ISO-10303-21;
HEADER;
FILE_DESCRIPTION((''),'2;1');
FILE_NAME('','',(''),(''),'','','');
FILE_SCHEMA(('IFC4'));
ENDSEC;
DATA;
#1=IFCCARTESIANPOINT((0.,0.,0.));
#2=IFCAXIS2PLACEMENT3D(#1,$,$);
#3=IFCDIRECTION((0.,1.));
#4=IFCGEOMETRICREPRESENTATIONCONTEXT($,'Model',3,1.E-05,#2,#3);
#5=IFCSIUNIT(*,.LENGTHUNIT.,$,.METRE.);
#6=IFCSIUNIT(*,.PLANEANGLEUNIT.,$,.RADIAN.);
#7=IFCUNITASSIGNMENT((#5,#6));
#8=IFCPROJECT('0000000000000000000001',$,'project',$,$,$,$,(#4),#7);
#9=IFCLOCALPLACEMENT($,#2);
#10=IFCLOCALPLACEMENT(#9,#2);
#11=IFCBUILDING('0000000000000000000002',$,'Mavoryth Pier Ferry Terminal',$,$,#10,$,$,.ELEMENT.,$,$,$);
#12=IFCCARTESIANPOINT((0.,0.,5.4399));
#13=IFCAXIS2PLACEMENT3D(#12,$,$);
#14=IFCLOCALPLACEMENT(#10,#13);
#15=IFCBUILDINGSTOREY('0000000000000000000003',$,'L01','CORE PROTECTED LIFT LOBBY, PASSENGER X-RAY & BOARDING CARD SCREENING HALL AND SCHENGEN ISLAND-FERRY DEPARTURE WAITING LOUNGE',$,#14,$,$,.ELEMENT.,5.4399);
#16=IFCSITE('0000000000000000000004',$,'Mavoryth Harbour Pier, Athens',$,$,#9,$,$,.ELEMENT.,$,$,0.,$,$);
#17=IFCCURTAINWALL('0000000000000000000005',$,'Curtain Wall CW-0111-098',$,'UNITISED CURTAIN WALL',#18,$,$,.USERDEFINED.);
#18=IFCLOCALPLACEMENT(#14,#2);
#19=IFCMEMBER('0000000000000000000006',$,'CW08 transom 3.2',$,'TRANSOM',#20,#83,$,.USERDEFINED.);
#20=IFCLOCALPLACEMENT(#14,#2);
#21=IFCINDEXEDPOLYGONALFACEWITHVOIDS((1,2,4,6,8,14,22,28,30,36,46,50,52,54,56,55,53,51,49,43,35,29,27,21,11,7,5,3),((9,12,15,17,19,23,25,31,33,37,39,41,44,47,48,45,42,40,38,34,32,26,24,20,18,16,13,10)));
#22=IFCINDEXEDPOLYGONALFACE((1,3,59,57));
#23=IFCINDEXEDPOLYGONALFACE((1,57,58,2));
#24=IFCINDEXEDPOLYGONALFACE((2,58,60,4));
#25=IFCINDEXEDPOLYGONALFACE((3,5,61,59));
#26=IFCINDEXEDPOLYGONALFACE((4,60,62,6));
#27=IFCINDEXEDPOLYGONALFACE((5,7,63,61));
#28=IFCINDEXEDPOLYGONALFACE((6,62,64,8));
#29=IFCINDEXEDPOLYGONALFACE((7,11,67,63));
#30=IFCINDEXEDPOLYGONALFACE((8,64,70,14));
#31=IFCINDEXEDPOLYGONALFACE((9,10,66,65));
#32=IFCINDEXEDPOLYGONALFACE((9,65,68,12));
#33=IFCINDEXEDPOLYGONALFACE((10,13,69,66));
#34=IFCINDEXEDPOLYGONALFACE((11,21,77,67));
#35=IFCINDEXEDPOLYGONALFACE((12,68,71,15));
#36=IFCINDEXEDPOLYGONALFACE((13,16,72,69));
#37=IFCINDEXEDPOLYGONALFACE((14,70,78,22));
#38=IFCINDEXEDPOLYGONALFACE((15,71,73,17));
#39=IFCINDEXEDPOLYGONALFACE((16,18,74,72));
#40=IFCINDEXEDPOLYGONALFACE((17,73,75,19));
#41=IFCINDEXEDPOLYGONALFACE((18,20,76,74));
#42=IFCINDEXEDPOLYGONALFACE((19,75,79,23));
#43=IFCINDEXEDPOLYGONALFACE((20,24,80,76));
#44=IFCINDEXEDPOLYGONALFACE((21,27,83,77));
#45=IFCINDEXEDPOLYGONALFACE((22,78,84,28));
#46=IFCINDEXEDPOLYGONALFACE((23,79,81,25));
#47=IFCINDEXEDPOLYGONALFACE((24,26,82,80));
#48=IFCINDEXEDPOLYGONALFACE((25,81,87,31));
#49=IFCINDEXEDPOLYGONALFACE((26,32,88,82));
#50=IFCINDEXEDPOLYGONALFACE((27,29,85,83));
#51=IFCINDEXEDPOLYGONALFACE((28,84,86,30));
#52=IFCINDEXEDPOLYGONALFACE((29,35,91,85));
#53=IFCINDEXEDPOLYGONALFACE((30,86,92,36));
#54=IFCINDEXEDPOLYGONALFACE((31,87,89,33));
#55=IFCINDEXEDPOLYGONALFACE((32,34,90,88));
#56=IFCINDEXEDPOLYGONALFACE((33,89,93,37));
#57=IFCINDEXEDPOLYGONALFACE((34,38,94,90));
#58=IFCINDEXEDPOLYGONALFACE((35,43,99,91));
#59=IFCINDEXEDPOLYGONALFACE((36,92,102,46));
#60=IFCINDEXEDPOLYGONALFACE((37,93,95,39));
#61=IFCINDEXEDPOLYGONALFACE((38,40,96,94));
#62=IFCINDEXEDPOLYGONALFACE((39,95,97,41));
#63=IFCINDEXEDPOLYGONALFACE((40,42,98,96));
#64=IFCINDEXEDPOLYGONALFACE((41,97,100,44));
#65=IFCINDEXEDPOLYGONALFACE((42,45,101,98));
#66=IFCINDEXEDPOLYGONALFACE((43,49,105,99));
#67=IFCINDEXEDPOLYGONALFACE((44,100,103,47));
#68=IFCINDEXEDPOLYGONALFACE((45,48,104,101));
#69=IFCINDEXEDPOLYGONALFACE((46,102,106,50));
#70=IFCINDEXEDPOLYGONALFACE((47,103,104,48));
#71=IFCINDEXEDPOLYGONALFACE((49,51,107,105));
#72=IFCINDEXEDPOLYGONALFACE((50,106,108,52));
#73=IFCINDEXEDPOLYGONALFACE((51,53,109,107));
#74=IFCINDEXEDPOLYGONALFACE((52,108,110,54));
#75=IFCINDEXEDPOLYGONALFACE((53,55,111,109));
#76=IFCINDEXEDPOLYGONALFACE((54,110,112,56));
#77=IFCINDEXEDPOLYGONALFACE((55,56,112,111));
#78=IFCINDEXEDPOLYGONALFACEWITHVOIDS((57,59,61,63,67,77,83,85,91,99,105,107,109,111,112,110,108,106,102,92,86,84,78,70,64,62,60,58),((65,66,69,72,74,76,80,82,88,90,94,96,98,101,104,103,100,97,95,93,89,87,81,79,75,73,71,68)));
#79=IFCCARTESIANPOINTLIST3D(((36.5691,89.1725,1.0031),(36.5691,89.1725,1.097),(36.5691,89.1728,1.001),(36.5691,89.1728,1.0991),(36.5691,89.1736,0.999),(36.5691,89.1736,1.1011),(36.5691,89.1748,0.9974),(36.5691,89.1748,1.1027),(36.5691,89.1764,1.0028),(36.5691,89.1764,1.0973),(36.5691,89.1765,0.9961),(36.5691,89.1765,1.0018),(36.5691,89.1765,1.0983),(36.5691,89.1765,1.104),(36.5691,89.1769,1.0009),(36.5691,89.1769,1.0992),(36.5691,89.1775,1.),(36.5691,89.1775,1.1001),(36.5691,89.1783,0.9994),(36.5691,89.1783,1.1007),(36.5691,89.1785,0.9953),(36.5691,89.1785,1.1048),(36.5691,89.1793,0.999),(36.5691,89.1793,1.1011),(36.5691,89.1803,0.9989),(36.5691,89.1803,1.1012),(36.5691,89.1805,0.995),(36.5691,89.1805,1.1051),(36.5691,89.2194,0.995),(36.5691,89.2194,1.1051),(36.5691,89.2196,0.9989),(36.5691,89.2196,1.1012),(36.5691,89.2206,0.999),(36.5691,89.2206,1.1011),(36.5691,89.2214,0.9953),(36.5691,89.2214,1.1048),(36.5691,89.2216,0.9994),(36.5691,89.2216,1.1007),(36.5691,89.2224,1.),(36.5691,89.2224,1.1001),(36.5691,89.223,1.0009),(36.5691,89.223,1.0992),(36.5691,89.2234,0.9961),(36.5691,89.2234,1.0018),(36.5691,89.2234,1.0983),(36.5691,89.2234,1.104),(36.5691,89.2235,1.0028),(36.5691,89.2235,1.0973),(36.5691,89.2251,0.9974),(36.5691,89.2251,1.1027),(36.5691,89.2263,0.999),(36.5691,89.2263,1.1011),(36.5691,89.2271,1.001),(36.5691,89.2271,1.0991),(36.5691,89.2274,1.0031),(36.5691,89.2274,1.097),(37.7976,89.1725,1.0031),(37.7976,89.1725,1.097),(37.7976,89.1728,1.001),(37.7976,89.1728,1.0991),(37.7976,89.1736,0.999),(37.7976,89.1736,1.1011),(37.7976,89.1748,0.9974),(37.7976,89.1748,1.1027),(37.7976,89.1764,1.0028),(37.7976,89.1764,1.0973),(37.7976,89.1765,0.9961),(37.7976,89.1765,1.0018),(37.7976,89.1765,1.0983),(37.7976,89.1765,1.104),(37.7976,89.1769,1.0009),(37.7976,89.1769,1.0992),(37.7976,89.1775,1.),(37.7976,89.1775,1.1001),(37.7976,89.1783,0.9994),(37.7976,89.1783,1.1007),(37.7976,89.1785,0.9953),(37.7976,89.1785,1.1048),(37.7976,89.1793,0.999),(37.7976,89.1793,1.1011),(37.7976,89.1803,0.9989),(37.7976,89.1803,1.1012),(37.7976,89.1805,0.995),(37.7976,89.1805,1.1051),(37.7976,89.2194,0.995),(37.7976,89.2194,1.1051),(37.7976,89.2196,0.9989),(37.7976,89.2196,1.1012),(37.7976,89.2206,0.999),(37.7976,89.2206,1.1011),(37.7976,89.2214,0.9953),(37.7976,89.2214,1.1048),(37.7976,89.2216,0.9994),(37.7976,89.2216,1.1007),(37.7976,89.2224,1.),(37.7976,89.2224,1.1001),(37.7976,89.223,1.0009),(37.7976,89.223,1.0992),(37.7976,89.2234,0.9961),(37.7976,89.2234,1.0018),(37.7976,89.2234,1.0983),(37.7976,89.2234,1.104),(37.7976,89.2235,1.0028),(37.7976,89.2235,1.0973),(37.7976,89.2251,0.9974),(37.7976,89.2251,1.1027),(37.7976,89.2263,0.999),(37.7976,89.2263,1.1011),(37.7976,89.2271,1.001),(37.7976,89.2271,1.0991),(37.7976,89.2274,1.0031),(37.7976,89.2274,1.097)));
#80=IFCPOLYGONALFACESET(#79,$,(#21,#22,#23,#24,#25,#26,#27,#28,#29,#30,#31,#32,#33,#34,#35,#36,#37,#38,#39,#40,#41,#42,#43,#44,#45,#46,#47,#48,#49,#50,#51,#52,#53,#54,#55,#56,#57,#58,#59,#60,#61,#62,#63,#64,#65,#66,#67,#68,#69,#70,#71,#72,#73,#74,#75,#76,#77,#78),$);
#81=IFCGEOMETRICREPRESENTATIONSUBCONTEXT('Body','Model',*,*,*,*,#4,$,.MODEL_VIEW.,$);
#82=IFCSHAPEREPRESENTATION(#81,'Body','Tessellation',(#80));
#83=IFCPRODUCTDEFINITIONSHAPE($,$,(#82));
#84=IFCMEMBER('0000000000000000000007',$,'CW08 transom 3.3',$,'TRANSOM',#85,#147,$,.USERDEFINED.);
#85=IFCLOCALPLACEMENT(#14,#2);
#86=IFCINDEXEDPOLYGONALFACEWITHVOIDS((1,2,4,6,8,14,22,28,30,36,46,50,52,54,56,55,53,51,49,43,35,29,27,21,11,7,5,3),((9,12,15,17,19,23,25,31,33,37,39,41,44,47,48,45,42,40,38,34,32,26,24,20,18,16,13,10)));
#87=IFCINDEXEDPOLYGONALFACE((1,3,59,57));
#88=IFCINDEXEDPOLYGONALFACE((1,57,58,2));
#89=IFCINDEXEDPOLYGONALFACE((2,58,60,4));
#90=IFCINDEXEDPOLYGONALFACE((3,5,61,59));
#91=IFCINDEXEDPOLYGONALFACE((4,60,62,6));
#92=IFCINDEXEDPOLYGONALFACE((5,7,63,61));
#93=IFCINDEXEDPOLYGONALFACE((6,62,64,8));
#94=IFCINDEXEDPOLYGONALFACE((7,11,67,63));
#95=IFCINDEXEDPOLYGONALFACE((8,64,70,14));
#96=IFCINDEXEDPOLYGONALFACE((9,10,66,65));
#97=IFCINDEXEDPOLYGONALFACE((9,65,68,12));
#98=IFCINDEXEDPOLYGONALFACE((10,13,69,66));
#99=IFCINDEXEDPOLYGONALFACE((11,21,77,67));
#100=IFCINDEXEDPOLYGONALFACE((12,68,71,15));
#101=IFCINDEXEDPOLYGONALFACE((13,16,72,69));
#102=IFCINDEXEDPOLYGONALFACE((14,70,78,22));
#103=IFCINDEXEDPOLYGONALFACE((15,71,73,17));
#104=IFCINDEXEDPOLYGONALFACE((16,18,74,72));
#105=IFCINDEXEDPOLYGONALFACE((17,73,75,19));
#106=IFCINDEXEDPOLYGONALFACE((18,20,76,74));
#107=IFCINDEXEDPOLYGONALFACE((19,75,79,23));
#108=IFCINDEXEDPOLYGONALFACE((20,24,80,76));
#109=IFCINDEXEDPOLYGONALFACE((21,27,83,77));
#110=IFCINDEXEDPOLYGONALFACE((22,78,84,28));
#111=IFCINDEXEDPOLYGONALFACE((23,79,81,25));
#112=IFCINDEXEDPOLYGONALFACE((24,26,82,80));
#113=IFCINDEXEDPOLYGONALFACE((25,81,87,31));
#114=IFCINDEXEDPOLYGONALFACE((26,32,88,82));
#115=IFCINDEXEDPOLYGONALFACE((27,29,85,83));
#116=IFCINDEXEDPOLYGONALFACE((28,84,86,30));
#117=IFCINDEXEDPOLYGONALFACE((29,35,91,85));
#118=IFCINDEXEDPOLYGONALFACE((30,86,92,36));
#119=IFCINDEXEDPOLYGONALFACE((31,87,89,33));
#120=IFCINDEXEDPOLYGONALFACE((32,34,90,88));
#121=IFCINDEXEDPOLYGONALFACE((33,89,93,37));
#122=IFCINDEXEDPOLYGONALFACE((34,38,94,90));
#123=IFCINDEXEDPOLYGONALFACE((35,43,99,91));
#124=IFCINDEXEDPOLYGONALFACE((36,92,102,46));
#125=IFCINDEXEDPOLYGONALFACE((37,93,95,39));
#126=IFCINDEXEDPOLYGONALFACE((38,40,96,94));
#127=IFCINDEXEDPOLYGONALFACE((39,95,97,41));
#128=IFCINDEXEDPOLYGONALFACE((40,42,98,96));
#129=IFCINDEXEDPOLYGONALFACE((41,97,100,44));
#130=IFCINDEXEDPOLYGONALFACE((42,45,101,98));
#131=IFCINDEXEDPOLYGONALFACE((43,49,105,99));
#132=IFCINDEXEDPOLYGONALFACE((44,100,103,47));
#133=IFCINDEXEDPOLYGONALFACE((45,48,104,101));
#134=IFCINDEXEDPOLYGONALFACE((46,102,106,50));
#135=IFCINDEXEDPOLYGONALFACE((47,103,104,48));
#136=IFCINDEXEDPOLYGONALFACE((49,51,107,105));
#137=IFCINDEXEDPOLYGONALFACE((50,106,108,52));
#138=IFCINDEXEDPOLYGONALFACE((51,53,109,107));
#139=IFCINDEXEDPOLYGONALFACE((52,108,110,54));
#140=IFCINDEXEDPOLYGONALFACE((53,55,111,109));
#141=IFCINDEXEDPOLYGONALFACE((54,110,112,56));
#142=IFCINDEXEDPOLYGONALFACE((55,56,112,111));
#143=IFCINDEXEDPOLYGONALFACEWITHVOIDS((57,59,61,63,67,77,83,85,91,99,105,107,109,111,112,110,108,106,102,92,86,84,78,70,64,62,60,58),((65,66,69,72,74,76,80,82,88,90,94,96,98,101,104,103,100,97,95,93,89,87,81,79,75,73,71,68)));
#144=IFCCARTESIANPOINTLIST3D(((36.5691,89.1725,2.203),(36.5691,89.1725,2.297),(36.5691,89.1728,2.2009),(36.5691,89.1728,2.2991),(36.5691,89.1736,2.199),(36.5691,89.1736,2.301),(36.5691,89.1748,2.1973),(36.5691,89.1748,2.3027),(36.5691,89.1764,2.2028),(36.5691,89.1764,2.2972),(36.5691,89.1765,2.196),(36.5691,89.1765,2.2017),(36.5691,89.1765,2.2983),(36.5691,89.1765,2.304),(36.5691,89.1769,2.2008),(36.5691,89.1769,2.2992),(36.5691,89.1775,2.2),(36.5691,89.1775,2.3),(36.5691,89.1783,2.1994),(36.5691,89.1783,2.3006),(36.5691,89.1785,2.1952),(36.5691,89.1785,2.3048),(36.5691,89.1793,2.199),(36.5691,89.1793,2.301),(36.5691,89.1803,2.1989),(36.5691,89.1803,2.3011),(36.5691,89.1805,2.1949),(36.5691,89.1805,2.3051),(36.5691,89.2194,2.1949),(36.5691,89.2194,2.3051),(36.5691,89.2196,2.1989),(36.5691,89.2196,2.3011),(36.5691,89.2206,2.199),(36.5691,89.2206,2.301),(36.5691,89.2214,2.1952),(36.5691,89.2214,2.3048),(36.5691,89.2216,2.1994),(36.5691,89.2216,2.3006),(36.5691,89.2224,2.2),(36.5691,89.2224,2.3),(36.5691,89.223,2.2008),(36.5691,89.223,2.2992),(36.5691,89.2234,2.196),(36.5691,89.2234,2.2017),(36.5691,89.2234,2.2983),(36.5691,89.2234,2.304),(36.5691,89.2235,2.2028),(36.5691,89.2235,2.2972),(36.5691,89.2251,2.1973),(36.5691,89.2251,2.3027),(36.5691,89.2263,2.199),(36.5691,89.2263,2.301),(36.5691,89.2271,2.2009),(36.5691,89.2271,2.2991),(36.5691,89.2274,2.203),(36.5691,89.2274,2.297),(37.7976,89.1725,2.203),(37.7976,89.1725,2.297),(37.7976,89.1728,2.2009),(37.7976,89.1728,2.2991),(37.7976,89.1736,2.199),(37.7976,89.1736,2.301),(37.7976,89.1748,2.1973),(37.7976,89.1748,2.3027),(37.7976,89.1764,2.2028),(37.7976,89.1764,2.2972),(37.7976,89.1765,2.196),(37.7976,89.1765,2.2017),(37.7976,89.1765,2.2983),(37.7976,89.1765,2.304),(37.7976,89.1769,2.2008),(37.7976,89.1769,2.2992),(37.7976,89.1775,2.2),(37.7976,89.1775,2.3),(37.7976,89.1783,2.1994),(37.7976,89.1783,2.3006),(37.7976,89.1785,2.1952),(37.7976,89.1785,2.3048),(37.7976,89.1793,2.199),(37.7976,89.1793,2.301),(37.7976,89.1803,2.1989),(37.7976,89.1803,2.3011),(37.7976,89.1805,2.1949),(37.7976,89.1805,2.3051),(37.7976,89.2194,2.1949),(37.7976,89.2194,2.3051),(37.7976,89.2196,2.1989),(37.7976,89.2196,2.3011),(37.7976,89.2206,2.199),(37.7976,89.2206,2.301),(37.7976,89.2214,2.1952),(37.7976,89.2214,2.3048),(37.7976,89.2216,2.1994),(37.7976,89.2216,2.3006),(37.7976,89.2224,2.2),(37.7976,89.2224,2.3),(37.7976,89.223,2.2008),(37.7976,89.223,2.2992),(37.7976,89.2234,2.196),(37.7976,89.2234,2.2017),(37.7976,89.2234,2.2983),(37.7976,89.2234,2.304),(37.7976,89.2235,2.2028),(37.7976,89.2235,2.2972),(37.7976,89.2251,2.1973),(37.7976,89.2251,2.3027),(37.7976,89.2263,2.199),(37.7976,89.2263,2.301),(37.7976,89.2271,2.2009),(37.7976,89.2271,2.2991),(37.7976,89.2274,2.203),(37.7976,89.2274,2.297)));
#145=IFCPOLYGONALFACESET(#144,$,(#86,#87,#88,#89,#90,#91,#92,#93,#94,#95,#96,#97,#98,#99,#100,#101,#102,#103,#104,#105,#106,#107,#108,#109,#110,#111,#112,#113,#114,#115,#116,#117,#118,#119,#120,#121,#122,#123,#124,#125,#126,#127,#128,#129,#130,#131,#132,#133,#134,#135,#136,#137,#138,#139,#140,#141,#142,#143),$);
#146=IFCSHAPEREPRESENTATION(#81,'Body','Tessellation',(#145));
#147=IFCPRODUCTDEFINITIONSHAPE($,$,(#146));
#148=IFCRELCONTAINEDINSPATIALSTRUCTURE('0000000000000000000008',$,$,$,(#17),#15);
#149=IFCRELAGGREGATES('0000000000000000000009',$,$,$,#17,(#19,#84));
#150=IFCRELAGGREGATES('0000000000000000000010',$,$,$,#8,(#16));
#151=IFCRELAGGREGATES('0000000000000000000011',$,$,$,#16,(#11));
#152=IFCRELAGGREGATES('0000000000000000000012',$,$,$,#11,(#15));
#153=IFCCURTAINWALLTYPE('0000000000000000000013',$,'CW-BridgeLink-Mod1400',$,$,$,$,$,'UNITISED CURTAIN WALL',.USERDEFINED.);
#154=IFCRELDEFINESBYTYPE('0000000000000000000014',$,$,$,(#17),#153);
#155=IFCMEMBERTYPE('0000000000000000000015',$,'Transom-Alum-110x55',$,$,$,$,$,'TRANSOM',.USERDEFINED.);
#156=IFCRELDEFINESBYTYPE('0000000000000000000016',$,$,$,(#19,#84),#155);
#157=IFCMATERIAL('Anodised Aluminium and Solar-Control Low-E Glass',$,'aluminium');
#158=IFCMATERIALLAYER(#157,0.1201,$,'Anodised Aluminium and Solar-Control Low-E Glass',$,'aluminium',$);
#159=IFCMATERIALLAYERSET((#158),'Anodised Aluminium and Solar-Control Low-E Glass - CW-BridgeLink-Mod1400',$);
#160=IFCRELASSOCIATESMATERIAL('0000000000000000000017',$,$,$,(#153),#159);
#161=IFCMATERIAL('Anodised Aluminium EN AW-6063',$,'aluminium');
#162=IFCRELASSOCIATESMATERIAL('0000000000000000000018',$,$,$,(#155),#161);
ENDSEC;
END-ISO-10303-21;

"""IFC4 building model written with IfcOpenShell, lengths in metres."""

from ifc_helpers import new_model, si_unit, direction, frame, origin, origin_2d, place, context, subcontext, project, spatial, hollow_rectangle, extrude, material, layer, layer_set, material_profile, profile_set, type_object, element, aggregate, save


model = new_model("IFC4")

# Units and contexts
model_context = context("Model", 3, precision=1e-05, world=origin(), true_north=direction((0.0, 1.0)))
body_context = subcontext(model_context, "Body", "Model", "MODEL_VIEW")
ifc_project = project(units=[si_unit("LENGTHUNIT", "METRE"), si_unit("PLANEANGLEUNIT", "RADIAN")], contexts=[model_context])

# Site, building, storey
site_placement = place(None, origin())
site = spatial("IfcSite", under=ifc_project, at=site_placement, Name="Mavoryth Harbour Pier, Athens", CompositionType="ELEMENT", RefElevation=0.0)
building_placement = place(site_placement, origin())
building = spatial("IfcBuilding", under=site, at=building_placement, Name="Mavoryth Pier Ferry Terminal", CompositionType="ELEMENT")
storey_placement = place(building_placement, frame((0.0, 0.0, 5.4399)))
storey = spatial("IfcBuildingStorey", under=building, at=storey_placement, Name="L01", Description="CORE PROTECTED LIFT LOBBY, PASSENGER X-RAY & BOARDING CARD SCREENING HALL AND SCHENGEN ISLAND-FERRY DEPARTURE WAITING LOUNGE", CompositionType="ELEMENT", Elevation=5.4399)

# Curtain wall, members
ifc_material_1 = material(Name="Anodised Aluminium and Solar-Control Low-E Glass", Category="aluminium")
ifc_layer_1 = layer(ifc_material_1, 0.1201, Name="Anodised Aluminium and Solar-Control Low-E Glass", Category="aluminium")
ifc_layer_set_1 = layer_set([ifc_layer_1], Name="Anodised Aluminium and Solar-Control Low-E Glass - CW-BridgeLink-Mod1400")
curtain_wall_type = type_object("IfcCurtainWallType", Name="CW-BridgeLink-Mod1400", ElementType="UNITISED CURTAIN WALL", PredefinedType="USERDEFINED", material=ifc_layer_set_1)
curtain_wall_placement = place(storey_placement, origin())
curtain_wall = element("IfcCurtainWall", 1, at=curtain_wall_placement, inside=storey, type_object=curtain_wall_type, Name="Curtain Wall CW-0111-098", ObjectType="UNITISED CURTAIN WALL", PredefinedType="USERDEFINED")
ifc_material_2 = material(Name="Anodised Aluminium EN AW-6063", Category="aluminium")
ifc_material_profile_1 = material_profile(ifc_material_2, hollow_rectangle(XDim=0.0549, YDim=0.1101, WallThickness=0.0039, InnerFilletRadius=0.0039, OuterFilletRadius=0.0081, at=origin_2d()), Name="AL-TRAN 110x55x4", Category="aluminium")
ifc_profile_set_1 = profile_set([ifc_material_profile_1], Name="Anodised Aluminium EN AW-6063 - AL-TRAN 110x55x4")
member_type_1 = type_object("IfcMemberType", Name="Transom-Alum-110x55", ElementType="TRANSOM", PredefinedType="USERDEFINED", material=ifc_profile_set_1)
member_1_placement = place(storey_placement, frame((36.5691, 89.2, 1.05), z_axis=(1.0, 0.0, 0.0), x_axis=(0.0, 1.0, 0.0)))
member_1 = element("IfcMember", 2, at=member_1_placement, type_object=member_type_1, Name="CW08 transom 3.2", ObjectType="TRANSOM", PredefinedType="USERDEFINED", context=body_context, shape_type="SweptSolid", body=[
    extrude(hollow_rectangle(XDim=0.0549, YDim=0.1101, WallThickness=0.0039, InnerFilletRadius=0.0039, OuterFilletRadius=0.0081, at=origin_2d()), origin(), (0.0, 0.0, 1.0), 1.2285),
])
member_2_placement = place(storey_placement, frame((36.5691, 89.2, 2.25), z_axis=(1.0, 0.0, 0.0), x_axis=(0.0, 1.0, 0.0)))
member_2 = element("IfcMember", 3, at=member_2_placement, type_object=member_type_1, Name="CW08 transom 3.3", ObjectType="TRANSOM", PredefinedType="USERDEFINED", context=body_context, shape_type="SweptSolid", body=[
    extrude(hollow_rectangle(XDim=0.0549, YDim=0.1101, WallThickness=0.0039, InnerFilletRadius=0.0039, OuterFilletRadius=0.0081, at=origin_2d()), origin(), (0.0, 0.0, 1.0), 1.2285),
])
aggregate(curtain_wall, [member_1, member_2])

save(model, "model.ifc")
